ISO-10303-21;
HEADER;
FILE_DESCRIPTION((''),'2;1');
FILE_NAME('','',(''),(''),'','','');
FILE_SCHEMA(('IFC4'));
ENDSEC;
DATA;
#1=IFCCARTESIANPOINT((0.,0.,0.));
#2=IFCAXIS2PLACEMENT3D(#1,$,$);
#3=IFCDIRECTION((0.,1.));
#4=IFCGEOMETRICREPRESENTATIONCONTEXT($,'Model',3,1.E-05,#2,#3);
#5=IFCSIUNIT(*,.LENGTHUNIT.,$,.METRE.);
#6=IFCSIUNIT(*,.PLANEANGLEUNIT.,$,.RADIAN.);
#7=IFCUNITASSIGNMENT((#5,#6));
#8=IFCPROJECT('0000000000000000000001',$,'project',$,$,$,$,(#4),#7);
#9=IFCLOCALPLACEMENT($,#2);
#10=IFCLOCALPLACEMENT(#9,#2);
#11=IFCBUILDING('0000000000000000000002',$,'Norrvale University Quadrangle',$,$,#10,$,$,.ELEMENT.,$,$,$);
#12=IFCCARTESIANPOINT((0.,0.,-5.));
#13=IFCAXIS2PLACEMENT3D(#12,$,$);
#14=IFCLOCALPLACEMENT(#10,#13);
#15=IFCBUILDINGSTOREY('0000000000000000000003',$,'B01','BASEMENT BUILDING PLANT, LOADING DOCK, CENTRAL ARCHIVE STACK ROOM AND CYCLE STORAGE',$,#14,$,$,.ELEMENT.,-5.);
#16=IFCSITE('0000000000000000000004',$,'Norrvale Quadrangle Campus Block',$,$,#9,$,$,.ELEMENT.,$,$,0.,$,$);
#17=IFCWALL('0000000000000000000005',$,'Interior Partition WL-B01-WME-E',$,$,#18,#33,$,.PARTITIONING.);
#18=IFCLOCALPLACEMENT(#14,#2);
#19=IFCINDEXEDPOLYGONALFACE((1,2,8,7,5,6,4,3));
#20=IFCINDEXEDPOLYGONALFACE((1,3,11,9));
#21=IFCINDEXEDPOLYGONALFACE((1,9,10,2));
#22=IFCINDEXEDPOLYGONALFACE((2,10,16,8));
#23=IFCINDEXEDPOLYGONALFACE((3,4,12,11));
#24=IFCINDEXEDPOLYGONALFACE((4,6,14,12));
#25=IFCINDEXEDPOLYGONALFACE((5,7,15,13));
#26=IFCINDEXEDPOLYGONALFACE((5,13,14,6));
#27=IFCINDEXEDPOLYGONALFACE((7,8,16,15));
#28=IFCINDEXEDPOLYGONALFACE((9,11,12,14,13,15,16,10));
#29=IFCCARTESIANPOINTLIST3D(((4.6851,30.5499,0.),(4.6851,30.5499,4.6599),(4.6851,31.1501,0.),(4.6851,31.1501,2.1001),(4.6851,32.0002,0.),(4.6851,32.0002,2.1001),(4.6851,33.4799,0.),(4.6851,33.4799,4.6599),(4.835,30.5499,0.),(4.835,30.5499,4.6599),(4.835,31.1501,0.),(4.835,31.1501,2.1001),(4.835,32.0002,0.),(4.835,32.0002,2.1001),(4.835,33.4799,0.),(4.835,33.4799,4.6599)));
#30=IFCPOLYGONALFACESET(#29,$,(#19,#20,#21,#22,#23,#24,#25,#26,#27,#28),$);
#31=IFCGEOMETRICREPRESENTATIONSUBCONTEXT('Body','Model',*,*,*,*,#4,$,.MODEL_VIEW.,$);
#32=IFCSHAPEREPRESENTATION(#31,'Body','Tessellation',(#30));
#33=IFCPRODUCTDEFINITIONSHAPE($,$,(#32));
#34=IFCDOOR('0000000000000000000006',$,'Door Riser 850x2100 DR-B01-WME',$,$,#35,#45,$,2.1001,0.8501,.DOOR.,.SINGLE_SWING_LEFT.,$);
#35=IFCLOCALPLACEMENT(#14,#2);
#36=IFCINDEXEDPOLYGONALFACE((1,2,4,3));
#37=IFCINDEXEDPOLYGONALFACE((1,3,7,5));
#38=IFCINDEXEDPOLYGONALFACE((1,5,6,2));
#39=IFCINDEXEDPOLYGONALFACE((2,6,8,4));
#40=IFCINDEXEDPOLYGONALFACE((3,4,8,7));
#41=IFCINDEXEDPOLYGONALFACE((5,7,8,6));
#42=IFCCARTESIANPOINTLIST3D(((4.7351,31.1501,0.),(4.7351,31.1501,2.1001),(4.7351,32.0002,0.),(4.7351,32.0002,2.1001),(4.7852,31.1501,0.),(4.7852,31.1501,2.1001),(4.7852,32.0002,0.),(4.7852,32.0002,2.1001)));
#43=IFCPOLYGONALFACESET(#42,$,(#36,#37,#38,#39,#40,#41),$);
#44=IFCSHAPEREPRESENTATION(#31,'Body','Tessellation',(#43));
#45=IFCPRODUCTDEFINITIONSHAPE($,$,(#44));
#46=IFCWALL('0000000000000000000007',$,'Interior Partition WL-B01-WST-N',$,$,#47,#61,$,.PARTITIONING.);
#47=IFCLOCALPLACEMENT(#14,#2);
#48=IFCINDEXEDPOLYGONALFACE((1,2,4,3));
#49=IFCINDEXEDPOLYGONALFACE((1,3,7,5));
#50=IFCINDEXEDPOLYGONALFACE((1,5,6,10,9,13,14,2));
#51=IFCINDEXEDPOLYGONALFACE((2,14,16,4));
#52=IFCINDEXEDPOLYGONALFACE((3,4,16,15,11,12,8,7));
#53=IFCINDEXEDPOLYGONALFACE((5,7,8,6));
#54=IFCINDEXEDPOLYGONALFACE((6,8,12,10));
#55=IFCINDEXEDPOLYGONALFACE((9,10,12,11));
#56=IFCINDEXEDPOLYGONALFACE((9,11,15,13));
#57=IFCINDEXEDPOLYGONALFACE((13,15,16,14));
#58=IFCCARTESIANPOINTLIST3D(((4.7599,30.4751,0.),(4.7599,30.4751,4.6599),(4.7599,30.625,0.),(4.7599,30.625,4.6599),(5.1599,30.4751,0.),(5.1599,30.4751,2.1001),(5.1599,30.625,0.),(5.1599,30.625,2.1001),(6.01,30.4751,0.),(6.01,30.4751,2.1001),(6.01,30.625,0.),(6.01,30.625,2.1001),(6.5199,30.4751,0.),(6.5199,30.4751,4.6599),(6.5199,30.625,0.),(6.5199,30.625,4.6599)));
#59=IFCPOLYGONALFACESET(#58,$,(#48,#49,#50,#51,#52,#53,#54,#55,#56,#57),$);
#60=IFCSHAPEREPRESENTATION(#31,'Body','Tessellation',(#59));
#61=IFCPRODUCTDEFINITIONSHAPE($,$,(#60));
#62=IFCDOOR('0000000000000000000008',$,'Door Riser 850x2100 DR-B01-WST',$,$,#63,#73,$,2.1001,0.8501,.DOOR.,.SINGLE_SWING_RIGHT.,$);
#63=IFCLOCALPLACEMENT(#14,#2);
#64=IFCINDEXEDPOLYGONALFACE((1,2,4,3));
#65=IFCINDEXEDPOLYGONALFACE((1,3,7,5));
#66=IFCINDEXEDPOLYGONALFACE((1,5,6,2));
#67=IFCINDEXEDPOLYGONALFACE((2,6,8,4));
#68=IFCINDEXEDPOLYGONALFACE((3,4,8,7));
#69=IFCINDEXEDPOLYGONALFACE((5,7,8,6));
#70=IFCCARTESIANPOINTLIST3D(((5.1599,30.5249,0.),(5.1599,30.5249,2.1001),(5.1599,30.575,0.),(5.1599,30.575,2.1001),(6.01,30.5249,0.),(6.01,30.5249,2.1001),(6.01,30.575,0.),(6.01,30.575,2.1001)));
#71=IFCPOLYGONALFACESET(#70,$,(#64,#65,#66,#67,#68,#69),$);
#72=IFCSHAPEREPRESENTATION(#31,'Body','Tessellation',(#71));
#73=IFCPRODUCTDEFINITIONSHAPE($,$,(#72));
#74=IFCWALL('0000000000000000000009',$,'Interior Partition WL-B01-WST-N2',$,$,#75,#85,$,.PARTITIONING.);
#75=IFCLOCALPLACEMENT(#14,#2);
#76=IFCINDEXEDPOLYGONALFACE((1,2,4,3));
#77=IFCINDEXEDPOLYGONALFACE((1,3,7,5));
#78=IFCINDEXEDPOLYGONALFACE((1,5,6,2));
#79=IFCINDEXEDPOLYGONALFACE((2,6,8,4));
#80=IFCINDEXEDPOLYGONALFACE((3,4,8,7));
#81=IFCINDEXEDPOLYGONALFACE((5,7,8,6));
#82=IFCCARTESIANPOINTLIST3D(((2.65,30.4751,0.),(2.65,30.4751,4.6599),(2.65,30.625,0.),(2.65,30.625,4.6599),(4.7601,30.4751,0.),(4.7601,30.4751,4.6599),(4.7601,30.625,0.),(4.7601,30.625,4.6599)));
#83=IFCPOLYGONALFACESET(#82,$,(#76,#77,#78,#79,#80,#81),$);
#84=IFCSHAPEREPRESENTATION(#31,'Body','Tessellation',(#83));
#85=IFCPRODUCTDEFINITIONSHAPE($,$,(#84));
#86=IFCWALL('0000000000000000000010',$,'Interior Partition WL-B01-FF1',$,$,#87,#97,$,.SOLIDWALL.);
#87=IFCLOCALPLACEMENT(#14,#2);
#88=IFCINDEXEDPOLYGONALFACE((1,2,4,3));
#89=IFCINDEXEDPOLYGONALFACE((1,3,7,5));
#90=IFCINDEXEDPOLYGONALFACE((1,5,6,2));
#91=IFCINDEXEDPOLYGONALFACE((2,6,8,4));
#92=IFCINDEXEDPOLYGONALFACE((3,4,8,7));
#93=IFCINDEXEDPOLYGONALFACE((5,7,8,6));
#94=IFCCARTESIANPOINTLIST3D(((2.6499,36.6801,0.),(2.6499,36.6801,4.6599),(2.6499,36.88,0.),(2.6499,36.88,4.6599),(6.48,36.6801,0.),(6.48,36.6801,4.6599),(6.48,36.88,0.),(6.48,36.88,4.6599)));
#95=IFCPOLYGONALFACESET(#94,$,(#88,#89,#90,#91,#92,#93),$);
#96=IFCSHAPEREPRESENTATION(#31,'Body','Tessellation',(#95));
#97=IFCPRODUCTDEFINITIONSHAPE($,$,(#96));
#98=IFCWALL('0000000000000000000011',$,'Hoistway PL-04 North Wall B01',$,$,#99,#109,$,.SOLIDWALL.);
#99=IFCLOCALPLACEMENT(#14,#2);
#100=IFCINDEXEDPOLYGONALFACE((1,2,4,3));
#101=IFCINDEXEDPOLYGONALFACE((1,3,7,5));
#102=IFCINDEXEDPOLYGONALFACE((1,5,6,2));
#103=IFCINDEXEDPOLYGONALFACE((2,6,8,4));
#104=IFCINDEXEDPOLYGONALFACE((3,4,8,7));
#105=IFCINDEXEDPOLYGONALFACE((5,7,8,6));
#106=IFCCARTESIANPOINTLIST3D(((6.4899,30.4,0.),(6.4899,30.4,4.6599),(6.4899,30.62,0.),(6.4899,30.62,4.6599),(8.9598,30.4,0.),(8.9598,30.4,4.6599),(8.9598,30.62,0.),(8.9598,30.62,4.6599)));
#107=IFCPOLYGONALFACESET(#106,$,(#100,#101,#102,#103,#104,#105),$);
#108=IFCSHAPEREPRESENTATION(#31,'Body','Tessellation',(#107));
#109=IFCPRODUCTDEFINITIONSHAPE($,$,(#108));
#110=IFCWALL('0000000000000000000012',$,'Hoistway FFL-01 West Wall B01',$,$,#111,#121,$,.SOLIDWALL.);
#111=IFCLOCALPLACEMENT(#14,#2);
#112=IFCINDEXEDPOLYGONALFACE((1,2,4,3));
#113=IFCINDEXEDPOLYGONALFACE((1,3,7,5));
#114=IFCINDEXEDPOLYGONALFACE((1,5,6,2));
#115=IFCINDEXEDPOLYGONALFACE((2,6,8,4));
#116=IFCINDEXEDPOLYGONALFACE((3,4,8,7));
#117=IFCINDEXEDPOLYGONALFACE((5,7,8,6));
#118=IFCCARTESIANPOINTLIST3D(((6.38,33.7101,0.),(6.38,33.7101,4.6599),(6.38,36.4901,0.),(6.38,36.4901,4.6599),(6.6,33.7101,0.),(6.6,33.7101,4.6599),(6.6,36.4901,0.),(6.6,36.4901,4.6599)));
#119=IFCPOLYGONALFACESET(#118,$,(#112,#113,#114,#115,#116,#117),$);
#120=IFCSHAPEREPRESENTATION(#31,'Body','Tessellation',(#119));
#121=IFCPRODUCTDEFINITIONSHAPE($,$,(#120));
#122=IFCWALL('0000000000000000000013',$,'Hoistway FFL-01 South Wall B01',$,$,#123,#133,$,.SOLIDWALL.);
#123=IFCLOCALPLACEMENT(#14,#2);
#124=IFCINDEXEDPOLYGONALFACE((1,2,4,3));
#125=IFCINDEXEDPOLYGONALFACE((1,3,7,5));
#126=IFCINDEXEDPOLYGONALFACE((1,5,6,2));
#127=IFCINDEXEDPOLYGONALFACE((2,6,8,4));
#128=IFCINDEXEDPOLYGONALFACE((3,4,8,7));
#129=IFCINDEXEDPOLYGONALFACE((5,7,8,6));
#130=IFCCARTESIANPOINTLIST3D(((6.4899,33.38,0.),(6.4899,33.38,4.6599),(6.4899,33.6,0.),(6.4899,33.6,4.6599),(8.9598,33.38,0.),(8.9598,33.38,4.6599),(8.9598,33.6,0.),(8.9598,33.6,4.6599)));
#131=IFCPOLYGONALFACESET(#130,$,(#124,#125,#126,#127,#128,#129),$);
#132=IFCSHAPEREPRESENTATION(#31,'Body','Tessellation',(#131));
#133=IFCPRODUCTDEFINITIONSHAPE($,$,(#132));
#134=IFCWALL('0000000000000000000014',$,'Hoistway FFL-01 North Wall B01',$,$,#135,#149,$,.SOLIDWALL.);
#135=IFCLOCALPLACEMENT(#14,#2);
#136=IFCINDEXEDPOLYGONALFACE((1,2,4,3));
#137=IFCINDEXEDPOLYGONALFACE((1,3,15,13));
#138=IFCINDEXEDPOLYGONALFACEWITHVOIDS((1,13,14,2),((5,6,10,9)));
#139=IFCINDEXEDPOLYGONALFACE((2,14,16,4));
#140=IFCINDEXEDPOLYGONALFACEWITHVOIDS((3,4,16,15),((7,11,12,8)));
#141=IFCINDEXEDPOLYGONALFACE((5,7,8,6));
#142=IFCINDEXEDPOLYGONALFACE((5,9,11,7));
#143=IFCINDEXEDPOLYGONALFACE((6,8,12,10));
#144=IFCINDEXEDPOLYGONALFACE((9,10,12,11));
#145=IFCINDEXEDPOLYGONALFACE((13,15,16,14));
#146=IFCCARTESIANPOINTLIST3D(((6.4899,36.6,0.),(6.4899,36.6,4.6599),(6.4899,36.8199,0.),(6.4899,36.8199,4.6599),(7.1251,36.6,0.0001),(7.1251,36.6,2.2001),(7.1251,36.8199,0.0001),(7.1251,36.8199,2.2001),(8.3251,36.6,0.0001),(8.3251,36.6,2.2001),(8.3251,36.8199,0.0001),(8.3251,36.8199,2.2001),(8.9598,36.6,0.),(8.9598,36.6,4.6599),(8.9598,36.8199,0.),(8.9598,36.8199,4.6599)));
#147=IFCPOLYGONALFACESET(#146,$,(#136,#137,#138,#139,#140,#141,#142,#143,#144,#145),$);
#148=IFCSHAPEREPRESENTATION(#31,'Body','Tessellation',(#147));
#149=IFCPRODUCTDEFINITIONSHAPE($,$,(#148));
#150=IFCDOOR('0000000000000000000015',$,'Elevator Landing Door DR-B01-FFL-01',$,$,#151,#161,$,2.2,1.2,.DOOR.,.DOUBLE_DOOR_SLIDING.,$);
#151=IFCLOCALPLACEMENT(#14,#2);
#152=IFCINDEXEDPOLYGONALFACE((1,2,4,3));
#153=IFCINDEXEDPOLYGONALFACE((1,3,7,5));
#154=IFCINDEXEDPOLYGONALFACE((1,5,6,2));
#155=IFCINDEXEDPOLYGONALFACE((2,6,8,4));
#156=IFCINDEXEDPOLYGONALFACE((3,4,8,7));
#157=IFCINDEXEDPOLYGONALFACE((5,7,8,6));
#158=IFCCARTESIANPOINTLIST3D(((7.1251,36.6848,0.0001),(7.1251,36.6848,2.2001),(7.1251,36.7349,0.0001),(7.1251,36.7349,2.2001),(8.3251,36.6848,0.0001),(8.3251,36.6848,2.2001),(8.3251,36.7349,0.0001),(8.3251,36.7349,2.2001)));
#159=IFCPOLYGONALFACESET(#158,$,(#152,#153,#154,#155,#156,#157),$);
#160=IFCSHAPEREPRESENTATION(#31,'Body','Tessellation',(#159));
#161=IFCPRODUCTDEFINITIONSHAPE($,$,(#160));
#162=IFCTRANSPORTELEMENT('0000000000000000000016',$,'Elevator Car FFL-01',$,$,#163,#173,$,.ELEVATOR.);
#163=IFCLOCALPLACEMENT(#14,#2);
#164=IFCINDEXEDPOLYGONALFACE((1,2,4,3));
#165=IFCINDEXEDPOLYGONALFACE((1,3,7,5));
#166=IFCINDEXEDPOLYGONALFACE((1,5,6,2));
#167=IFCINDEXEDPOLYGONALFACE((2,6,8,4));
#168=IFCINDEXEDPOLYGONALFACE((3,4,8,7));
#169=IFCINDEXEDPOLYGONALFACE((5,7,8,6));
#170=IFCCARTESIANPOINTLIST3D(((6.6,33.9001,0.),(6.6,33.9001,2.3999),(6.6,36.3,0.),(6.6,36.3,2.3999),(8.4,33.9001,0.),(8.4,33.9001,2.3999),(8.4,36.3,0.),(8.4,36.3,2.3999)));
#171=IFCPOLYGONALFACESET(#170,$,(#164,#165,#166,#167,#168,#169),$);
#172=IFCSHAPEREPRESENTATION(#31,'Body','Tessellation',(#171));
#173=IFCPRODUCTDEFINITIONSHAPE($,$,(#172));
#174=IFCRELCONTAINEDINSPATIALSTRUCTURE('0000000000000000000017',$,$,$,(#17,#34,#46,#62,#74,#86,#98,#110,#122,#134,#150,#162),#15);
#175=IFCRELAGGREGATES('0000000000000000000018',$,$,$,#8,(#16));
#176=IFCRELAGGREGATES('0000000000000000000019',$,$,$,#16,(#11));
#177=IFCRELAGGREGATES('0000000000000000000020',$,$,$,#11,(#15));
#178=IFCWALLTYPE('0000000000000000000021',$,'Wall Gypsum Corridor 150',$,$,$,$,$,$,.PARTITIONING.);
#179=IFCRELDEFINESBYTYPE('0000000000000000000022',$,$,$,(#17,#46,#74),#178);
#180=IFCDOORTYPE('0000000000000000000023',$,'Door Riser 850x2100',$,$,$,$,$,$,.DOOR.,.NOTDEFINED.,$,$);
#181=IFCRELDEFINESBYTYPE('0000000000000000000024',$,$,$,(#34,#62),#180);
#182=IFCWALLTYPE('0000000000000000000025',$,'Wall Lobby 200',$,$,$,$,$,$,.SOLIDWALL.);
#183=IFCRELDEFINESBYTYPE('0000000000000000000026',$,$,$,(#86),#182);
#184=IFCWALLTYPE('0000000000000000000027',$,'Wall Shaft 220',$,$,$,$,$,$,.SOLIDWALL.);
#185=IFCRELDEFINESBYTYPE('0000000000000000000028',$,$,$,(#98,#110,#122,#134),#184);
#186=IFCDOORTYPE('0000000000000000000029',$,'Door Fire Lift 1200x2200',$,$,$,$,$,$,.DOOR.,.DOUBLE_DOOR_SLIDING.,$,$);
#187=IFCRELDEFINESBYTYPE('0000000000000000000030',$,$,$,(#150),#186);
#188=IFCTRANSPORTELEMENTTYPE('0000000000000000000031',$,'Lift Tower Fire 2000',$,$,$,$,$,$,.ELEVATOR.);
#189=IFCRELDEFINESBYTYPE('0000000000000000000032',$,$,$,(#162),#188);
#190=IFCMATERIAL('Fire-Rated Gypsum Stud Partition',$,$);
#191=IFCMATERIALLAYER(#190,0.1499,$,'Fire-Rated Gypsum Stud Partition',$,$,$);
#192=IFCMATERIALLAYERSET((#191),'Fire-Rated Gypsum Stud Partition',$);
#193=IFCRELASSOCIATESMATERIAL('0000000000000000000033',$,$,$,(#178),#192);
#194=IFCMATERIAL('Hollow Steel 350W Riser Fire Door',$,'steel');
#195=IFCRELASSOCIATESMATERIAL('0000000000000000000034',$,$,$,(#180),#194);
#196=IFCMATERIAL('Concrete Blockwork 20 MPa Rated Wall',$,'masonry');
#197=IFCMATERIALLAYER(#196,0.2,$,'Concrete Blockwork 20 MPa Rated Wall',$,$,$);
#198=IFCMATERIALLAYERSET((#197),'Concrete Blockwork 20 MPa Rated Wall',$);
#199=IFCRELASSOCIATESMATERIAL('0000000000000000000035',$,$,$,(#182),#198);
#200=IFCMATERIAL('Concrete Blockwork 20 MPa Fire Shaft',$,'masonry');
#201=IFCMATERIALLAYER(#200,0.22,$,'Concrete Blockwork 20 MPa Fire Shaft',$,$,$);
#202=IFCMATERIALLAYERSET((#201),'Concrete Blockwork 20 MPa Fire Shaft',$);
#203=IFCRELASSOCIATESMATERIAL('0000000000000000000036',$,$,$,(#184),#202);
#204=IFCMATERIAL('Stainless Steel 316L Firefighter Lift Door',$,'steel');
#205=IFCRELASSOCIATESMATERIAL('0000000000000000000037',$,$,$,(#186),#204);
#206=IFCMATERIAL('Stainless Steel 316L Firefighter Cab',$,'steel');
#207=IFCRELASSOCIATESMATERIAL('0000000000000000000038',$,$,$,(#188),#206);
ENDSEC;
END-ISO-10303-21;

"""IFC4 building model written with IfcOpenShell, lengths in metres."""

from ifc_helpers import new_model, si_unit, direction, frame, frame_2d, origin, origin_2d, place, context, subcontext, project, spatial, rectangle, extrude, material, layer, layer_set, type_object, element, fill, save


model = new_model("IFC4")

# Units and contexts
model_context = context("Model", 3, precision=1e-05, world=origin(), true_north=direction((0.0, 1.0)))
body_context = subcontext(model_context, "Body", "Model", "MODEL_VIEW")
ifc_project = project(units=[si_unit("LENGTHUNIT", "METRE"), si_unit("PLANEANGLEUNIT", "RADIAN")], contexts=[model_context])

# Site, building, storey
site_placement = place(None, origin())
site = spatial("IfcSite", under=ifc_project, at=site_placement, Name="Norrvale Quadrangle Campus Block", CompositionType="ELEMENT", RefElevation=0.0)
building_placement = place(site_placement, origin())
building = spatial("IfcBuilding", under=site, at=building_placement, Name="Norrvale University Quadrangle", CompositionType="ELEMENT")
storey_placement = place(building_placement, frame((0.0, 0.0, -5.0)))
storey = spatial("IfcBuildingStorey", under=building, at=storey_placement, Name="B01", Description="BASEMENT BUILDING PLANT, LOADING DOCK, CENTRAL ARCHIVE STACK ROOM AND CYCLE STORAGE", CompositionType="ELEMENT", Elevation=-5.0)

# Walls, openings, doors
ifc_material_1 = material(Name="Fire-Rated Gypsum Stud Partition")
ifc_layer_1 = layer(ifc_material_1, 0.1499, Name="Fire-Rated Gypsum Stud Partition")
ifc_layer_set_1 = layer_set([ifc_layer_1], Name="Fire-Rated Gypsum Stud Partition")
wall_type_1 = type_object("IfcWallType", Name="Wall Gypsum Corridor 150", PredefinedType="PARTITIONING", material=ifc_layer_set_1)
wall_1_placement = place(storey_placement, frame((4.76, 30.55, 0.0), z_axis=(0.0, 0.0, 1.0), x_axis=(0.0, 1.0, 0.0)))
wall_1 = element("IfcWall", 1, at=wall_1_placement, inside=storey, type_object=wall_type_1, Name="Interior Partition WL-B01-WME-E", PredefinedType="PARTITIONING", context=body_context, shape_type="SweptSolid", body=[
    extrude(rectangle(XDim=2.9299, YDim=0.1499, at=frame_2d((1.4648, 0.0))), origin(), (0.0, 0.0, 1.0), 4.6599),
])
opening_1_placement = place(wall_1_placement, frame((0.6001, 0.0, 0.0)))
opening_1 = element("IfcOpeningElement", 2, at=opening_1_placement, cuts=wall_1, PredefinedType="OPENING", context=body_context, shape_type="SweptSolid", body=[
    extrude(rectangle(XDim=0.8501, YDim=2.1001, at=frame_2d((0.425, 1.05))), frame((0.0, 0.0869, 0.0), z_axis=(0.0, -1.0, 0.0), x_axis=(1.0, 0.0, 0.0)), (0.0, 0.0, 1.0), 0.1738),
])
ifc_material_2 = material(Name="Hollow Steel 350W Riser Fire Door", Category="steel")
door_type_1 = type_object("IfcDoorType", Name="Door Riser 850x2100", OperationType="NOTDEFINED", PredefinedType="DOOR", material=ifc_material_2)
door_1_placement = place(opening_1_placement, origin())
door_1 = element("IfcDoor", 3, at=door_1_placement, inside=storey, type_object=door_type_1, Name="Door Riser 850x2100 DR-B01-WME", OperationType="SINGLE_SWING_LEFT", OverallHeight=2.1001, OverallWidth=0.8501, PredefinedType="DOOR", context=body_context, shape_type="SweptSolid", body=[
    extrude(rectangle(XDim=0.8501, YDim=2.1001, at=frame_2d((0.425, 1.05))), frame((0.0, 0.0249, 0.0), z_axis=(0.0, -1.0, 0.0), x_axis=(1.0, 0.0, 0.0)), (0.0, 0.0, 1.0), 0.05),
])
fill(opening_1, door_1)
wall_2_placement = place(storey_placement, frame((4.76, 30.55, 0.0), z_axis=(0.0, 0.0, 1.0), x_axis=(1.0, 0.0, 0.0)))
wall_2 = element("IfcWall", 4, at=wall_2_placement, inside=storey, type_object=wall_type_1, Name="Interior Partition WL-B01-WST-N", PredefinedType="PARTITIONING", context=body_context, shape_type="SweptSolid", body=[
    extrude(rectangle(XDim=1.76, YDim=0.1499, at=frame_2d((0.8799, 0.0))), origin(), (0.0, 0.0, 1.0), 4.6599),
])
opening_2_placement = place(wall_2_placement, frame((0.3999, 0.0, 0.0)))
opening_2 = element("IfcOpeningElement", 5, at=opening_2_placement, cuts=wall_2, PredefinedType="OPENING", context=body_context, shape_type="SweptSolid", body=[
    extrude(rectangle(XDim=0.8501, YDim=2.1001, at=frame_2d((0.425, 1.05))), frame((0.0, 0.0869, 0.0), z_axis=(0.0, -1.0, 0.0), x_axis=(1.0, 0.0, 0.0)), (0.0, 0.0, 1.0), 0.1738),
])
door_2_placement = place(opening_2_placement, origin())
door_2 = element("IfcDoor", 6, at=door_2_placement, inside=storey, type_object=door_type_1, Name="Door Riser 850x2100 DR-B01-WST", OperationType="SINGLE_SWING_RIGHT", OverallHeight=2.1001, OverallWidth=0.8501, PredefinedType="DOOR", context=body_context, shape_type="SweptSolid", body=[
    extrude(rectangle(XDim=0.8501, YDim=2.1001, at=frame_2d((0.425, 1.05))), frame((0.0, 0.0249, 0.0), z_axis=(0.0, -1.0, 0.0), x_axis=(1.0, 0.0, 0.0)), (0.0, 0.0, 1.0), 0.05),
])
fill(opening_2, door_2)

# Walls
wall_3_placement = place(storey_placement, frame((2.6499, 30.55, 0.0), z_axis=(0.0, 0.0, 1.0), x_axis=(1.0, 0.0, 0.0)))
element("IfcWall", 7, at=wall_3_placement, inside=storey, type_object=wall_type_1, Name="Interior Partition WL-B01-WST-N2", PredefinedType="PARTITIONING", context=body_context, shape_type="SweptSolid", body=[
    extrude(rectangle(XDim=2.1101, YDim=0.1499, at=frame_2d((1.0552, 0.0))), origin(), (0.0, 0.0, 1.0), 4.6599),
])
ifc_material_3 = material(Name="Concrete Blockwork 20 MPa Rated Wall", Category="masonry")
ifc_layer_2 = layer(ifc_material_3, 0.2, Name="Concrete Blockwork 20 MPa Rated Wall")
ifc_layer_set_2 = layer_set([ifc_layer_2], Name="Concrete Blockwork 20 MPa Rated Wall")
wall_type_2 = type_object("IfcWallType", Name="Wall Lobby 200", PredefinedType="SOLIDWALL", material=ifc_layer_set_2)
wall_4_placement = place(storey_placement, frame((2.6499, 36.78, 0.0), z_axis=(0.0, 0.0, 1.0), x_axis=(1.0, 0.0, 0.0)))
element("IfcWall", 8, at=wall_4_placement, inside=storey, type_object=wall_type_2, Name="Interior Partition WL-B01-FF1", PredefinedType="SOLIDWALL", context=body_context, shape_type="SweptSolid", body=[
    extrude(rectangle(XDim=3.8301, YDim=0.2, at=frame_2d((1.915, 0.0))), origin(), (0.0, 0.0, 1.0), 4.6599),
])
ifc_material_4 = material(Name="Concrete Blockwork 20 MPa Fire Shaft", Category="masonry")
ifc_layer_3 = layer(ifc_material_4, 0.22, Name="Concrete Blockwork 20 MPa Fire Shaft")
ifc_layer_set_3 = layer_set([ifc_layer_3], Name="Concrete Blockwork 20 MPa Fire Shaft")
wall_type_3 = type_object("IfcWallType", Name="Wall Shaft 220", PredefinedType="SOLIDWALL", material=ifc_layer_set_3)
wall_5_placement = place(storey_placement, frame((6.49, 30.51, 0.0), z_axis=(0.0, 0.0, 1.0), x_axis=(1.0, 0.0, 0.0)))
element("IfcWall", 9, at=wall_5_placement, inside=storey, type_object=wall_type_3, Name="Hoistway PL-04 North Wall B01", PredefinedType="SOLIDWALL", context=body_context, shape_type="SweptSolid", body=[
    extrude(rectangle(XDim=2.47, YDim=0.22, at=frame_2d((1.2349, 0.0))), origin(), (0.0, 0.0, 1.0), 4.6599),
])
wall_6_placement = place(storey_placement, frame((6.49, 33.71, 0.0), z_axis=(0.0, 0.0, 1.0), x_axis=(0.0, 1.0, 0.0)))
element("IfcWall", 10, at=wall_6_placement, inside=storey, type_object=wall_type_3, Name="Hoistway FFL-01 West Wall B01", PredefinedType="SOLIDWALL", context=body_context, shape_type="SweptSolid", body=[
    extrude(rectangle(XDim=2.78, YDim=0.22, at=frame_2d((1.3901, 0.0))), origin(), (0.0, 0.0, 1.0), 4.6599),
])
wall_7_placement = place(storey_placement, frame((6.49, 33.49, 0.0), z_axis=(0.0, 0.0, 1.0), x_axis=(1.0, 0.0, 0.0)))
element("IfcWall", 11, at=wall_7_placement, inside=storey, type_object=wall_type_3, Name="Hoistway FFL-01 South Wall B01", PredefinedType="SOLIDWALL", context=body_context, shape_type="SweptSolid", body=[
    extrude(rectangle(XDim=2.47, YDim=0.22, at=frame_2d((1.2349, 0.0))), origin(), (0.0, 0.0, 1.0), 4.6599),
])

# Wall, opening, door
wall_8_placement = place(storey_placement, frame((6.49, 36.71, 0.0), z_axis=(0.0, 0.0, 1.0), x_axis=(1.0, 0.0, 0.0)))
wall_8 = element("IfcWall", 12, at=wall_8_placement, inside=storey, type_object=wall_type_3, Name="Hoistway FFL-01 North Wall B01", PredefinedType="SOLIDWALL", context=body_context, shape_type="SweptSolid", body=[
    extrude(rectangle(XDim=2.47, YDim=0.22, at=frame_2d((1.2349, 0.0))), origin(), (0.0, 0.0, 1.0), 4.6599),
])
opening_3_placement = place(wall_8_placement, frame((0.635, 0.0, 0.0)))
opening_3 = element("IfcOpeningElement", 13, at=opening_3_placement, cuts=wall_8, PredefinedType="OPENING", context=body_context, shape_type="SweptSolid", body=[
    extrude(rectangle(XDim=1.2, YDim=2.2, at=frame_2d((0.6001, 1.1001))), frame((0.0, 0.1221, 0.0), z_axis=(0.0, -1.0, 0.0), x_axis=(1.0, 0.0, 0.0)), (0.0, 0.0, 1.0), 0.2439),
])
ifc_material_5 = material(Name="Stainless Steel 316L Firefighter Lift Door", Category="steel")
door_type_2 = type_object("IfcDoorType", Name="Door Fire Lift 1200x2200", OperationType="DOUBLE_DOOR_SLIDING", PredefinedType="DOOR", material=ifc_material_5)
door_3_placement = place(opening_3_placement, origin())
door_3 = element("IfcDoor", 14, at=door_3_placement, inside=storey, type_object=door_type_2, Name="Elevator Landing Door DR-B01-FFL-01", OperationType="DOUBLE_DOOR_SLIDING", OverallHeight=2.2, OverallWidth=1.2, PredefinedType="DOOR", context=body_context, shape_type="SweptSolid", body=[
    extrude(rectangle(XDim=1.2, YDim=2.2, at=frame_2d((0.6001, 1.1001))), frame((0.0, 0.0249, 0.0), z_axis=(0.0, -1.0, 0.0), x_axis=(1.0, 0.0, 0.0)), (0.0, 0.0, 1.0), 0.05),
])
fill(opening_3, door_3)

# Transport element
ifc_material_6 = material(Name="Stainless Steel 316L Firefighter Cab", Category="steel")
transport_element_type_1 = type_object("IfcTransportElementType", Name="Lift Tower Fire 2000", PredefinedType="ELEVATOR", material=ifc_material_6)
transport_element_1_placement = place(storey_placement, frame((7.5, 35.1001, 0.0), z_axis=(0.0, 0.0, 1.0), x_axis=(1.0, 0.0, 0.0)))
element("IfcTransportElement", 15, at=transport_element_1_placement, inside=storey, type_object=transport_element_type_1, Name="Elevator Car FFL-01", PredefinedType="ELEVATOR", context=body_context, shape_type="SweptSolid", body=[
    extrude(rectangle(XDim=1.8, YDim=2.3999, at=origin_2d()), origin(), (0.0, 0.0, 1.0), 2.3999),
])

save(model, "model.ifc")
